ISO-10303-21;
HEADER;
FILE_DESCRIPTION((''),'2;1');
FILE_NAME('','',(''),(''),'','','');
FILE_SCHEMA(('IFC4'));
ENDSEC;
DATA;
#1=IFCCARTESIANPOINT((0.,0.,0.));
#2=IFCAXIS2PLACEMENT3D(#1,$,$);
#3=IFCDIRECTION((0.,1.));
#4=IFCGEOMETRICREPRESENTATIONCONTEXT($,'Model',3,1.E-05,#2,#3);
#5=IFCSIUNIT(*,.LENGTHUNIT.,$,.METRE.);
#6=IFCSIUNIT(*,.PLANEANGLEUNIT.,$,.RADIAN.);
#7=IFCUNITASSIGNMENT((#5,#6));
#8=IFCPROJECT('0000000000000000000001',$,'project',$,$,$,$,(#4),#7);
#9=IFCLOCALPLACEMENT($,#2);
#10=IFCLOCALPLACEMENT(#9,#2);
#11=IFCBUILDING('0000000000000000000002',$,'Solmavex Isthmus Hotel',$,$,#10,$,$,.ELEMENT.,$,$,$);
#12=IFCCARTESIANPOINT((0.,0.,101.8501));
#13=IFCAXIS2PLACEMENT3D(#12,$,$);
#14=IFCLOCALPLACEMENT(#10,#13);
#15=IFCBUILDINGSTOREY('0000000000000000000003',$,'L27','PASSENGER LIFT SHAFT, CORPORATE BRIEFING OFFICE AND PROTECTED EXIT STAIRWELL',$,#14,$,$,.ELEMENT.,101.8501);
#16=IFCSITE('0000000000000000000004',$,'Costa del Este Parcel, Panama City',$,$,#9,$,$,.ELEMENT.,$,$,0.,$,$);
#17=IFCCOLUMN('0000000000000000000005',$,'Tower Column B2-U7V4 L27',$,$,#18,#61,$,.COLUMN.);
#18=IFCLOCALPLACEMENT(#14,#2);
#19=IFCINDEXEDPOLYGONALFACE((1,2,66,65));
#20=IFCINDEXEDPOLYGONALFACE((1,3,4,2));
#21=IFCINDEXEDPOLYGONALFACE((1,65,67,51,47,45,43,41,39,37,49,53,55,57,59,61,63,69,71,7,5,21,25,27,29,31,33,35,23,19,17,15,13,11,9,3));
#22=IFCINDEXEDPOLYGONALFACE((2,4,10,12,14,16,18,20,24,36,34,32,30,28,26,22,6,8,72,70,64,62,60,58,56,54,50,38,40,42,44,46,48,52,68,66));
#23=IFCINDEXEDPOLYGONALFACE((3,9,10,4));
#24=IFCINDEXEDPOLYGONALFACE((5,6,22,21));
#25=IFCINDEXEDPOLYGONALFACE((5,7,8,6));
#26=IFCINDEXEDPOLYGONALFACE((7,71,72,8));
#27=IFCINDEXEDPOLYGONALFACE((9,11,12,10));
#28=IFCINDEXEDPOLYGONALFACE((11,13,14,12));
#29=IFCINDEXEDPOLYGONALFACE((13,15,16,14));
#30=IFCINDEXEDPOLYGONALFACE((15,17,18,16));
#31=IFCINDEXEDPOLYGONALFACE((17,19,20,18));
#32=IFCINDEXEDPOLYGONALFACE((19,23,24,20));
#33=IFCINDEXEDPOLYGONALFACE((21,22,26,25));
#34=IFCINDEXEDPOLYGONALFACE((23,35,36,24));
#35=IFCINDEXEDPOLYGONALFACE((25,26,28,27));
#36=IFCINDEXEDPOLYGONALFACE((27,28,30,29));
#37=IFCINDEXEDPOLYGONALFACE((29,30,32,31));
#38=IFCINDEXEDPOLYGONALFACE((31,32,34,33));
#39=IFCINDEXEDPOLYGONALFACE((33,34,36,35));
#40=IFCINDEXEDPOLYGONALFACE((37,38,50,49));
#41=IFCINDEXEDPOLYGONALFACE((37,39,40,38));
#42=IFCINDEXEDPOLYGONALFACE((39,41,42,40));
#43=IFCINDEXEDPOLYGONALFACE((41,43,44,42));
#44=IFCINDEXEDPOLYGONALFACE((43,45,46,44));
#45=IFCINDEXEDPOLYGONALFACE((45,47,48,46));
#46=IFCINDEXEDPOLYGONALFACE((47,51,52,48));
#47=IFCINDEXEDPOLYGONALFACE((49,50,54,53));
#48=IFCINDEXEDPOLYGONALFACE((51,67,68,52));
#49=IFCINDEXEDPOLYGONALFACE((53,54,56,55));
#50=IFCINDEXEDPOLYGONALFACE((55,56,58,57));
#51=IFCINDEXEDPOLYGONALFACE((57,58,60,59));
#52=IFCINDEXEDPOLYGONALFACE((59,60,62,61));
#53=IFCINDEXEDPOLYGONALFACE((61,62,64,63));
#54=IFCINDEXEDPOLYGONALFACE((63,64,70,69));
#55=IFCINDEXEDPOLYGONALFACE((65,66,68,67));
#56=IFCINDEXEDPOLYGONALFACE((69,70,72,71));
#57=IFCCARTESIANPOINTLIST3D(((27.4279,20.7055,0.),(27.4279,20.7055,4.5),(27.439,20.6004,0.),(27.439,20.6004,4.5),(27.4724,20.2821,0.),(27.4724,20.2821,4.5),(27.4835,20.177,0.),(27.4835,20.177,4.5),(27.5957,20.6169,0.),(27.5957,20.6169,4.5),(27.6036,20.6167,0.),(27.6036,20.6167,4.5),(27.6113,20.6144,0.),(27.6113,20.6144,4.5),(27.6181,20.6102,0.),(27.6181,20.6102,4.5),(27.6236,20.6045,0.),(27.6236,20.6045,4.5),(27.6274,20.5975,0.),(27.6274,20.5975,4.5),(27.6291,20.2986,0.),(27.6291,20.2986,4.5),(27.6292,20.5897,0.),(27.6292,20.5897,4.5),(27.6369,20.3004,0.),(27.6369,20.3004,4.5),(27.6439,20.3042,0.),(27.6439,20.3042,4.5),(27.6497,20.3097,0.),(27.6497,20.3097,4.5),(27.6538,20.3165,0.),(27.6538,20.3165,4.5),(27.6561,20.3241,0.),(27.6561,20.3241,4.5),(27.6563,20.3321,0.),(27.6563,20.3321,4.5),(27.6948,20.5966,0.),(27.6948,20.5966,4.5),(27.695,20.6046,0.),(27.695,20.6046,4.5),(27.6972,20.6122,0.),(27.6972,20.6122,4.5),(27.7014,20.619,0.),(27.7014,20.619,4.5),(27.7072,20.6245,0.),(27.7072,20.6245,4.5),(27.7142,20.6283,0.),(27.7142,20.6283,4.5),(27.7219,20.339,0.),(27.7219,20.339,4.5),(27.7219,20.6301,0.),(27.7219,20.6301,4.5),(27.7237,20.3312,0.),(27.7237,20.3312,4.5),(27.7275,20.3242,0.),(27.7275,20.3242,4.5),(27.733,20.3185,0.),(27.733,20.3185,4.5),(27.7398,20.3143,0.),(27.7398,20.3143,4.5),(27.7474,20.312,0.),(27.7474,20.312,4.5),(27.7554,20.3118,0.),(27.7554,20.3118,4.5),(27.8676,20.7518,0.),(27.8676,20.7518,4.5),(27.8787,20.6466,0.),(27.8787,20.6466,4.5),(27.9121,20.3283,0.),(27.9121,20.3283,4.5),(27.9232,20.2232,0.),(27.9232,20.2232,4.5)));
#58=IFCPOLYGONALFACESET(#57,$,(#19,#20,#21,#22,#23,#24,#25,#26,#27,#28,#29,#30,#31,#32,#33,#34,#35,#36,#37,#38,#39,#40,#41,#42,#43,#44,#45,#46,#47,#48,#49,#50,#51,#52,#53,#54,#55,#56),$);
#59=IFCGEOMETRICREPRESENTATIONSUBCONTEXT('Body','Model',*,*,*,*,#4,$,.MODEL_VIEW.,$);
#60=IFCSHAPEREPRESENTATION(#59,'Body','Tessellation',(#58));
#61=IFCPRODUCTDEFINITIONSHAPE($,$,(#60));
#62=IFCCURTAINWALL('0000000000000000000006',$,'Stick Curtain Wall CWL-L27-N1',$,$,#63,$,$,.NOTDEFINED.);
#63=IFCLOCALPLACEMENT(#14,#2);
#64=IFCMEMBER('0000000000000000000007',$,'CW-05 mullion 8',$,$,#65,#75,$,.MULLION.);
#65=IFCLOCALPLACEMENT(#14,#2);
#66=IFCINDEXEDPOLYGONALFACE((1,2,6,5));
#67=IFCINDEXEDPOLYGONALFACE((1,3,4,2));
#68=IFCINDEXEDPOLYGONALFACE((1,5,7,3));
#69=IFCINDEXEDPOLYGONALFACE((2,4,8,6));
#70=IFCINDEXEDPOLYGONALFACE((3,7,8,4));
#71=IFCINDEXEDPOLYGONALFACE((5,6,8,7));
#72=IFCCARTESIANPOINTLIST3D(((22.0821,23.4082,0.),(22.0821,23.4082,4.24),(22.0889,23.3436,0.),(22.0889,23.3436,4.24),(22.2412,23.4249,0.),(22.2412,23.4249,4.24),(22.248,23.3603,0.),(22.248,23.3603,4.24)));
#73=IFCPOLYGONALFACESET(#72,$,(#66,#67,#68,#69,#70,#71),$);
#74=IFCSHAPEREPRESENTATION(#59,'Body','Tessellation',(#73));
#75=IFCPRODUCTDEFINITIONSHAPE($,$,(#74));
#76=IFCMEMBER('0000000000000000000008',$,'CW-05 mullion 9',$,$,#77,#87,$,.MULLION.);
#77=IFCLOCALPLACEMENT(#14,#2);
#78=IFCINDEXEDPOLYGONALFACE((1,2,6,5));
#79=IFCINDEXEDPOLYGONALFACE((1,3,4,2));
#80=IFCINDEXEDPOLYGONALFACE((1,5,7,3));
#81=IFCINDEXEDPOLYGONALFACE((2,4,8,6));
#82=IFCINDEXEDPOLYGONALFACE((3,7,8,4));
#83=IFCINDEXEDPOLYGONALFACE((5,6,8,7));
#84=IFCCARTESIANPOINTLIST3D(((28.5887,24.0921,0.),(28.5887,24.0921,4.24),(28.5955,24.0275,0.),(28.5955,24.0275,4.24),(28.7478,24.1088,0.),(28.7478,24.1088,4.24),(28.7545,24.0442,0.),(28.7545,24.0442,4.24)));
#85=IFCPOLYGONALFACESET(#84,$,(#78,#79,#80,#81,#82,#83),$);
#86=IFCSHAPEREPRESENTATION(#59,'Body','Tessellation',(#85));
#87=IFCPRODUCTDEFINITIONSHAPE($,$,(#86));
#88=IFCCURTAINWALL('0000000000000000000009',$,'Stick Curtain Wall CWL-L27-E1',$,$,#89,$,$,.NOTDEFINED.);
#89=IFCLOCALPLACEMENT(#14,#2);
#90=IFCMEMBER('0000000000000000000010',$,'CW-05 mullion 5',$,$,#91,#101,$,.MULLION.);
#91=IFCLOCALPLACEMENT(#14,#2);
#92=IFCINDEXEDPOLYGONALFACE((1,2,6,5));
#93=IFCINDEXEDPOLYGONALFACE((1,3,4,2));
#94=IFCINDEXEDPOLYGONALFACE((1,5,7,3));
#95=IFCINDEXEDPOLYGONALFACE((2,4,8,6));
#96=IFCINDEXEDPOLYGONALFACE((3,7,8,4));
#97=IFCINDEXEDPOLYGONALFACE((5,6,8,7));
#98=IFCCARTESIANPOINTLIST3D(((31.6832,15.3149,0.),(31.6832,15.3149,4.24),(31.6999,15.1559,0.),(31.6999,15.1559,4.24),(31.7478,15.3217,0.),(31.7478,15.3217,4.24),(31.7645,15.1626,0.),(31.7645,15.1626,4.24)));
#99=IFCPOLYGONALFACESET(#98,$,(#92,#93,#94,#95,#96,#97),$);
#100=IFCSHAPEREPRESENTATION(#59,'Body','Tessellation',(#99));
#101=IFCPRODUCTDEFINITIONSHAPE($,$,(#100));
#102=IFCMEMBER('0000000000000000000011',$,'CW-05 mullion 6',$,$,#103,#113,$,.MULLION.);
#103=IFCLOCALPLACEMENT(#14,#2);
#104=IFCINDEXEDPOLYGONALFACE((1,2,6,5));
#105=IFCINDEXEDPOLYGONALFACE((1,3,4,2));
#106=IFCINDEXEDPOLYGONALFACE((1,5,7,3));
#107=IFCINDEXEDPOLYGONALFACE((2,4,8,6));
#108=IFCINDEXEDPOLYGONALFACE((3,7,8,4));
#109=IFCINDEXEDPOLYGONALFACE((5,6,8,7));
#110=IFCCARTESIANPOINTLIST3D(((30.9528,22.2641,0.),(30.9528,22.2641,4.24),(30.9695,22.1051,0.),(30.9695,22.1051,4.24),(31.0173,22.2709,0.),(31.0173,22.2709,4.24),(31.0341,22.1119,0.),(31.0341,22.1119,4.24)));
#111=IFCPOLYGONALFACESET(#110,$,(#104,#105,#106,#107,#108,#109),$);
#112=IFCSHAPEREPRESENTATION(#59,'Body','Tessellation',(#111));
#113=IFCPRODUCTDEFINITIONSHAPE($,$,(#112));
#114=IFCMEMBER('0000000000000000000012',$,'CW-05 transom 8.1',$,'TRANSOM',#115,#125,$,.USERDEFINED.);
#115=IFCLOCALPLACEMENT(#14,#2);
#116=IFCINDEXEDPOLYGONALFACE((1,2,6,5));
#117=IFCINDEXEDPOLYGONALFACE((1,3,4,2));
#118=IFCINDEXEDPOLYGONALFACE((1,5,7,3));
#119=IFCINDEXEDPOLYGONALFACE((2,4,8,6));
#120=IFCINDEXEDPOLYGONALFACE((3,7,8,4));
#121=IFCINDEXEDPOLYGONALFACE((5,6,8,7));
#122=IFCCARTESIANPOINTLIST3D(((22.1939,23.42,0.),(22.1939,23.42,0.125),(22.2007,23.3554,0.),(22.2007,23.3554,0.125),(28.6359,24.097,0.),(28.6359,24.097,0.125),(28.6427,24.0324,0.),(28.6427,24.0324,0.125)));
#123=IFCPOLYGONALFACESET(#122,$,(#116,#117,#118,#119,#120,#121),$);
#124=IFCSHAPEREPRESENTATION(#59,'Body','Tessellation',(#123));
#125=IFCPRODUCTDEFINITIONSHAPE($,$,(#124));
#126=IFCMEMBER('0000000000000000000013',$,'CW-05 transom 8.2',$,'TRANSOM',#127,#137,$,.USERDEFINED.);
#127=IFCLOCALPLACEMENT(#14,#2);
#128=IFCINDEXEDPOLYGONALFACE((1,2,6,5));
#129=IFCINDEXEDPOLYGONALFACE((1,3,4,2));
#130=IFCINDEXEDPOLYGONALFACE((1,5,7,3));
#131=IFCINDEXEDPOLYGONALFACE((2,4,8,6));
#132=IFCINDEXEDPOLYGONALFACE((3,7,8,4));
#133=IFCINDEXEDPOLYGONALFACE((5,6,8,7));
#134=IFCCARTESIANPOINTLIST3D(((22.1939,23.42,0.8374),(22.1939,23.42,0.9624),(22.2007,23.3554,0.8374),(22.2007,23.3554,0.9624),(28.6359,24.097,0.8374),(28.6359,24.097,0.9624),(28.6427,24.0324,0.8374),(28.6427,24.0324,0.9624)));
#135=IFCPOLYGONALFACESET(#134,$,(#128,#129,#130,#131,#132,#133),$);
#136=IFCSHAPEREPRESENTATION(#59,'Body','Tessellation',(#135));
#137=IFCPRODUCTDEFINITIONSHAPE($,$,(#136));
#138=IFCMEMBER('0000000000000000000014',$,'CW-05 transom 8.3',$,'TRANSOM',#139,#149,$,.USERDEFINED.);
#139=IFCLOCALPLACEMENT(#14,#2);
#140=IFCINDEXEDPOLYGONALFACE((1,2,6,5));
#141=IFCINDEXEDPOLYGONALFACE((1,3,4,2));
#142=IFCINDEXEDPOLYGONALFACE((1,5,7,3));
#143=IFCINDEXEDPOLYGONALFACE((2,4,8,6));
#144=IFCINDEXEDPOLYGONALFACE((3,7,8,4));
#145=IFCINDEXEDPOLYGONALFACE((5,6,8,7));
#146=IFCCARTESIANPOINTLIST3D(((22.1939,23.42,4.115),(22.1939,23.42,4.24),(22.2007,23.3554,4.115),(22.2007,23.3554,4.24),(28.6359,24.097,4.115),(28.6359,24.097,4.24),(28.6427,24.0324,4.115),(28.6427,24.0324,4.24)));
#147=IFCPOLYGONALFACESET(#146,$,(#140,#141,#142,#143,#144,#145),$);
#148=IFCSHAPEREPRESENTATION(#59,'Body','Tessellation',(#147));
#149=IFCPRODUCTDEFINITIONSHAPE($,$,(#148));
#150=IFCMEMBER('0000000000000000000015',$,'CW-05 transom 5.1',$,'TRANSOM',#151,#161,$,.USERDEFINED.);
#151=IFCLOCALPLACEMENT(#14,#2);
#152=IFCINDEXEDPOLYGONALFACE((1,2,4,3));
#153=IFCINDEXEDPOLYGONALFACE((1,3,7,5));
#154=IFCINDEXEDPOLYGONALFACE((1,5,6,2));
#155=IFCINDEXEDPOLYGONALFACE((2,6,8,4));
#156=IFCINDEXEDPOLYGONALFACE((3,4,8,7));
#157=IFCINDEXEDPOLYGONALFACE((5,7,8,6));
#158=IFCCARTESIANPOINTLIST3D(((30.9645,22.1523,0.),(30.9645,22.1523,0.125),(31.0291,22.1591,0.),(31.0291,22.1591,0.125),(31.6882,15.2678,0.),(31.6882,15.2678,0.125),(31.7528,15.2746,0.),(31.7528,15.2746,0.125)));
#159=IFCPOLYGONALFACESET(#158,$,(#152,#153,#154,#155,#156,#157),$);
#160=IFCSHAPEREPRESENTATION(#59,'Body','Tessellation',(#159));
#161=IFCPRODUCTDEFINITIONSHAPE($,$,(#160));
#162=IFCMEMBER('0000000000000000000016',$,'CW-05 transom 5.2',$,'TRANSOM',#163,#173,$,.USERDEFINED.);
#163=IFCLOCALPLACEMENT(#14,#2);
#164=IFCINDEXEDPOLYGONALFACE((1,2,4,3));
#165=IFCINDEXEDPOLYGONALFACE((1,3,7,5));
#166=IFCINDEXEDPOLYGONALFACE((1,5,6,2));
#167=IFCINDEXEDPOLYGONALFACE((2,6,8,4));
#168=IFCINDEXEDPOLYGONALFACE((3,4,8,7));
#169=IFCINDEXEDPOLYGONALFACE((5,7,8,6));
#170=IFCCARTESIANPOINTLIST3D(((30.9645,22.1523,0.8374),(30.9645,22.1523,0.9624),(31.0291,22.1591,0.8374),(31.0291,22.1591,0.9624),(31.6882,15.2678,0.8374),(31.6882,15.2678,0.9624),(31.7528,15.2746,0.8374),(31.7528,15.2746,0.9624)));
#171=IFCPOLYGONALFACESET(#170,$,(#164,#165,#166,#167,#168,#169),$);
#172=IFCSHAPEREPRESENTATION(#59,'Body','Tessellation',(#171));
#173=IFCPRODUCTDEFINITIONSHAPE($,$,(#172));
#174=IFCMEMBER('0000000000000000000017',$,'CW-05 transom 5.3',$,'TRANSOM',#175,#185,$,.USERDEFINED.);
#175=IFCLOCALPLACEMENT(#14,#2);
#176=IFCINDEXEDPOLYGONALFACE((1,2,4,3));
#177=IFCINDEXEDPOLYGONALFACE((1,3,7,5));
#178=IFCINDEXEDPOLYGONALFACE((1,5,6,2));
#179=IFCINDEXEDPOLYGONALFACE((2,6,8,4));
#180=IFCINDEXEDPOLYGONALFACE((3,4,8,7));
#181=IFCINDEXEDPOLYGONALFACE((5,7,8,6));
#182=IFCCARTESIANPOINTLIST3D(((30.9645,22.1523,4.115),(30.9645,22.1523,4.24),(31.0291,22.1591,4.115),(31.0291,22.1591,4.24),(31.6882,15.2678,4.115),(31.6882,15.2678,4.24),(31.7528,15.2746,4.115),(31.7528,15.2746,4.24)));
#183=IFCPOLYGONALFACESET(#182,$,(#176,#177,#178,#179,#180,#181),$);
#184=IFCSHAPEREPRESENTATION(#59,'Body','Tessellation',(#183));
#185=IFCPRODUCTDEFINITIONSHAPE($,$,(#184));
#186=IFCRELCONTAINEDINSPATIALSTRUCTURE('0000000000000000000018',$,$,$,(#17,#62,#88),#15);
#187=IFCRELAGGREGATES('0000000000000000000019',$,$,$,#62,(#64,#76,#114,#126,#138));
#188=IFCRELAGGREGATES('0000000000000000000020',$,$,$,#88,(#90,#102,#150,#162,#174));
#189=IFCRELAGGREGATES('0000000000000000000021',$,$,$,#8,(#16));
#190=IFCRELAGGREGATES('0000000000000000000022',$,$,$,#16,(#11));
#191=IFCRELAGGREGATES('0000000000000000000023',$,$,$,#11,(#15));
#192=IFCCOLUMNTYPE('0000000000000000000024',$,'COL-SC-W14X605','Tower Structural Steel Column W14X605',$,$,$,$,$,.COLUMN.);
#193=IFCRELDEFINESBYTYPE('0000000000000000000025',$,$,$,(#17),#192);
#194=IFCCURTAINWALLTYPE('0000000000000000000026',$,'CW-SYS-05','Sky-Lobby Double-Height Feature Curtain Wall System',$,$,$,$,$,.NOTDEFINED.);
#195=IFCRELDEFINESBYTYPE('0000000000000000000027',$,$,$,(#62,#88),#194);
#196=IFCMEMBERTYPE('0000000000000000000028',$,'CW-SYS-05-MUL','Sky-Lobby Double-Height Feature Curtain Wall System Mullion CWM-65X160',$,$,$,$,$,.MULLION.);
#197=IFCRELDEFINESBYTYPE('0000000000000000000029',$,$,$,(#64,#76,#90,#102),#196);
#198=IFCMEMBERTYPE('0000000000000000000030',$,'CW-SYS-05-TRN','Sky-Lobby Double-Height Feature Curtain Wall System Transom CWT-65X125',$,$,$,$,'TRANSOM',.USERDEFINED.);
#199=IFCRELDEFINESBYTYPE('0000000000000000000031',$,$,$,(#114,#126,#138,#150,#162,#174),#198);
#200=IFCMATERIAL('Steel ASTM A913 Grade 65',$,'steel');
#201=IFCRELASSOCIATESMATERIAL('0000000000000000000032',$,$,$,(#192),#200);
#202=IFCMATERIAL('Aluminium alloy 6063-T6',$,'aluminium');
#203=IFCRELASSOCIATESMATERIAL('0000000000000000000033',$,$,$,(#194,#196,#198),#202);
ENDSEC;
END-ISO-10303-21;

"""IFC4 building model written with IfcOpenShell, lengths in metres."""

from ifc_helpers import new_model, si_unit, direction, frame, origin, origin_2d, place, context, subcontext, project, spatial, rectangle, i_section, extrude, material, material_profile, profile_set, type_object, element, aggregate, save


model = new_model("IFC4")

# Units and contexts
model_context = context("Model", 3, precision=1e-05, world=origin(), true_north=direction((0.0, 1.0)))
body_context = subcontext(model_context, "Body", "Model", "MODEL_VIEW")
ifc_project = project(units=[si_unit("LENGTHUNIT", "METRE"), si_unit("PLANEANGLEUNIT", "RADIAN")], contexts=[model_context])

# Site, building, storey
site_placement = place(None, origin())
site = spatial("IfcSite", under=ifc_project, at=site_placement, Name="Costa del Este Parcel, Panama City", CompositionType="ELEMENT", RefElevation=0.0)
building_placement = place(site_placement, origin())
building = spatial("IfcBuilding", under=site, at=building_placement, Name="Solmavex Isthmus Hotel", CompositionType="ELEMENT")
storey_placement = place(building_placement, frame((0.0, 0.0, 101.8501)))
storey = spatial("IfcBuildingStorey", under=building, at=storey_placement, Name="L27", Description="PASSENGER LIFT SHAFT, CORPORATE BRIEFING OFFICE AND PROTECTED EXIT STAIRWELL", CompositionType="ELEMENT", Elevation=101.8501)

# Column
ifc_material_1 = material(Name="Steel ASTM A913 Grade 65", Category="steel")
ifc_material_profile_1 = material_profile(ifc_material_1, i_section(OverallWidth=0.4421, OverallDepth=0.5315, WebThickness=0.0659, FlangeThickness=0.1057, FilletRadius=0.0305, at=origin_2d()), Name="W14X605")
ifc_profile_set_1 = profile_set([ifc_material_profile_1], Name="Steel ASTM A913 Grade 65")
column_type = type_object("IfcColumnType", Name="COL-SC-W14X605", Description="Tower Structural Steel Column W14X605", PredefinedType="COLUMN", material=ifc_profile_set_1)
column_placement = place(storey_placement, frame((27.6755, 20.4644, 0.0), z_axis=(0.0, 0.0, 1.0), x_axis=(0.994522, 0.104528, 0.0)))
element("IfcColumn", 1, at=column_placement, inside=storey, type_object=column_type, Name="Tower Column B2-U7V4 L27", PredefinedType="COLUMN", context=body_context, shape_type="SweptSolid", body=[
    extrude(i_section(OverallWidth=0.4421, OverallDepth=0.5315, WebThickness=0.0659, FlangeThickness=0.1057, FilletRadius=0.0305, at=origin_2d()), origin(), (0.0, 0.0, 1.0), 4.5),
])

# Curtain walls, members
ifc_material_2 = material(Name="Aluminium alloy 6063-T6", Category="aluminium")
curtain_wall_type = type_object("IfcCurtainWallType", Name="CW-SYS-05", Description="Sky-Lobby Double-Height Feature Curtain Wall System", PredefinedType="NOTDEFINED", material=ifc_material_2)
curtain_wall_1_placement = place(storey_placement, origin())
curtain_wall_1 = element("IfcCurtainWall", 2, at=curtain_wall_1_placement, inside=storey, type_object=curtain_wall_type, Name="Stick Curtain Wall CWL-L27-N1", PredefinedType="NOTDEFINED")
ifc_material_profile_2 = material_profile(ifc_material_2, rectangle(XDim=0.0649, YDim=0.1599, at=origin_2d()), Name="CWM-65X160")
ifc_profile_set_2 = profile_set([ifc_material_profile_2], Name="Aluminium alloy 6063-T6")
member_type_1 = type_object("IfcMemberType", Name="CW-SYS-05-MUL", Description="Sky-Lobby Double-Height Feature Curtain Wall System Mullion CWM-65X160", PredefinedType="MULLION", material=ifc_profile_set_2)
member_1_placement = place(storey_placement, frame((22.165, 23.3843, 0.0), z_axis=(0.0, 0.0, 1.0), x_axis=(-0.104528, 0.994522, 0.0)))
member_1 = element("IfcMember", 3, at=member_1_placement, type_object=member_type_1, Name="CW-05 mullion 8", PredefinedType="MULLION", context=body_context, shape_type="SweptSolid", body=[
    extrude(rectangle(XDim=0.0649, YDim=0.1599, at=origin_2d()), origin(), (0.0, 0.0, 1.0), 4.24),
])
member_2_placement = place(storey_placement, frame((28.6716, 24.0681, 0.0), z_axis=(0.0, 0.0, 1.0), x_axis=(-0.104528, 0.994522, 0.0)))
member_2 = element("IfcMember", 4, at=member_2_placement, type_object=member_type_1, Name="CW-05 mullion 9", PredefinedType="MULLION", context=body_context, shape_type="SweptSolid", body=[
    extrude(rectangle(XDim=0.0649, YDim=0.1599, at=origin_2d()), origin(), (0.0, 0.0, 1.0), 4.24),
])
curtain_wall_2_placement = place(storey_placement, origin())
curtain_wall_2 = element("IfcCurtainWall", 5, at=curtain_wall_2_placement, inside=storey, type_object=curtain_wall_type, Name="Stick Curtain Wall CWL-L27-E1", PredefinedType="NOTDEFINED")
member_3_placement = place(storey_placement, frame((31.7239, 15.2388, 0.0), z_axis=(0.0, 0.0, 1.0), x_axis=(-0.994522, -0.104528, 0.0)))
member_3 = element("IfcMember", 6, at=member_3_placement, type_object=member_type_1, Name="CW-05 mullion 5", PredefinedType="MULLION", context=body_context, shape_type="SweptSolid", body=[
    extrude(rectangle(XDim=0.0649, YDim=0.1599, at=origin_2d()), origin(), (0.0, 0.0, 1.0), 4.24),
])
member_4_placement = place(storey_placement, frame((30.9934, 22.188, 0.0), z_axis=(0.0, 0.0, 1.0), x_axis=(-0.994522, -0.104528, 0.0)))
member_4 = element("IfcMember", 7, at=member_4_placement, type_object=member_type_1, Name="CW-05 mullion 6", PredefinedType="MULLION", context=body_context, shape_type="SweptSolid", body=[
    extrude(rectangle(XDim=0.0649, YDim=0.1599, at=origin_2d()), origin(), (0.0, 0.0, 1.0), 4.24),
])

# Members
ifc_material_profile_3 = material_profile(ifc_material_2, rectangle(XDim=0.0649, YDim=0.125, at=origin_2d()), Name="CWT-65X125")
ifc_profile_set_3 = profile_set([ifc_material_profile_3], Name="Aluminium alloy 6063-T6")
member_type_2 = type_object("IfcMemberType", Name="CW-SYS-05-TRN", Description="Sky-Lobby Double-Height Feature Curtain Wall System Transom CWT-65X125", ElementType="TRANSOM", PredefinedType="USERDEFINED", material=ifc_profile_set_3)
member_5_placement = place(storey_placement, frame((22.1973, 23.3877, 0.0625), z_axis=(0.994523, 0.104514, 0.0), x_axis=(-0.104514, 0.994523, 0.0)))
member_5 = element("IfcMember", 8, at=member_5_placement, type_object=member_type_2, Name="CW-05 transom 8.1", ObjectType="TRANSOM", PredefinedType="USERDEFINED", context=body_context, shape_type="SweptSolid", body=[
    extrude(rectangle(XDim=0.0649, YDim=0.125, at=origin_2d()), origin(), (0.0, 0.0, 1.0), 6.4775),
])
member_6_placement = place(storey_placement, frame((22.1973, 23.3877, 0.8999), z_axis=(0.994523, 0.104514, 0.0), x_axis=(-0.104514, 0.994523, 0.0)))
member_6 = element("IfcMember", 9, at=member_6_placement, type_object=member_type_2, Name="CW-05 transom 8.2", ObjectType="TRANSOM", PredefinedType="USERDEFINED", context=body_context, shape_type="SweptSolid", body=[
    extrude(rectangle(XDim=0.0649, YDim=0.125, at=origin_2d()), origin(), (0.0, 0.0, 1.0), 6.4775),
])
member_7_placement = place(storey_placement, frame((22.1973, 23.3877, 4.1775), z_axis=(0.994523, 0.104514, 0.0), x_axis=(-0.104514, 0.994523, 0.0)))
member_7 = element("IfcMember", 10, at=member_7_placement, type_object=member_type_2, Name="CW-05 transom 8.3", ObjectType="TRANSOM", PredefinedType="USERDEFINED", context=body_context, shape_type="SweptSolid", body=[
    extrude(rectangle(XDim=0.0649, YDim=0.125, at=origin_2d()), origin(), (0.0, 0.0, 1.0), 6.4775),
])
member_8_placement = place(storey_placement, frame((31.7205, 15.2712, 0.0625), z_axis=(-0.104534, 0.994521, 0.0), x_axis=(-0.994521, -0.104534, 0.0)))
member_8 = element("IfcMember", 11, at=member_8_placement, type_object=member_type_2, Name="CW-05 transom 5.1", ObjectType="TRANSOM", PredefinedType="USERDEFINED", context=body_context, shape_type="SweptSolid", body=[
    extrude(rectangle(XDim=0.0649, YDim=0.125, at=origin_2d()), origin(), (0.0, 0.0, 1.0), 6.9224),
])
member_9_placement = place(storey_placement, frame((31.7205, 15.2712, 0.8999), z_axis=(-0.104534, 0.994521, 0.0), x_axis=(-0.994521, -0.104534, 0.0)))
member_9 = element("IfcMember", 12, at=member_9_placement, type_object=member_type_2, Name="CW-05 transom 5.2", ObjectType="TRANSOM", PredefinedType="USERDEFINED", context=body_context, shape_type="SweptSolid", body=[
    extrude(rectangle(XDim=0.0649, YDim=0.125, at=origin_2d()), origin(), (0.0, 0.0, 1.0), 6.9224),
])
member_10_placement = place(storey_placement, frame((31.7205, 15.2712, 4.1775), z_axis=(-0.104534, 0.994521, 0.0), x_axis=(-0.994521, -0.104534, 0.0)))
member_10 = element("IfcMember", 13, at=member_10_placement, type_object=member_type_2, Name="CW-05 transom 5.3", ObjectType="TRANSOM", PredefinedType="USERDEFINED", context=body_context, shape_type="SweptSolid", body=[
    extrude(rectangle(XDim=0.0649, YDim=0.125, at=origin_2d()), origin(), (0.0, 0.0, 1.0), 6.9224),
])

aggregate(curtain_wall_1, [member_1, member_2, member_5, member_6, member_7])
aggregate(curtain_wall_2, [member_3, member_4, member_8, member_9, member_10])

save(model, "model.ifc")
